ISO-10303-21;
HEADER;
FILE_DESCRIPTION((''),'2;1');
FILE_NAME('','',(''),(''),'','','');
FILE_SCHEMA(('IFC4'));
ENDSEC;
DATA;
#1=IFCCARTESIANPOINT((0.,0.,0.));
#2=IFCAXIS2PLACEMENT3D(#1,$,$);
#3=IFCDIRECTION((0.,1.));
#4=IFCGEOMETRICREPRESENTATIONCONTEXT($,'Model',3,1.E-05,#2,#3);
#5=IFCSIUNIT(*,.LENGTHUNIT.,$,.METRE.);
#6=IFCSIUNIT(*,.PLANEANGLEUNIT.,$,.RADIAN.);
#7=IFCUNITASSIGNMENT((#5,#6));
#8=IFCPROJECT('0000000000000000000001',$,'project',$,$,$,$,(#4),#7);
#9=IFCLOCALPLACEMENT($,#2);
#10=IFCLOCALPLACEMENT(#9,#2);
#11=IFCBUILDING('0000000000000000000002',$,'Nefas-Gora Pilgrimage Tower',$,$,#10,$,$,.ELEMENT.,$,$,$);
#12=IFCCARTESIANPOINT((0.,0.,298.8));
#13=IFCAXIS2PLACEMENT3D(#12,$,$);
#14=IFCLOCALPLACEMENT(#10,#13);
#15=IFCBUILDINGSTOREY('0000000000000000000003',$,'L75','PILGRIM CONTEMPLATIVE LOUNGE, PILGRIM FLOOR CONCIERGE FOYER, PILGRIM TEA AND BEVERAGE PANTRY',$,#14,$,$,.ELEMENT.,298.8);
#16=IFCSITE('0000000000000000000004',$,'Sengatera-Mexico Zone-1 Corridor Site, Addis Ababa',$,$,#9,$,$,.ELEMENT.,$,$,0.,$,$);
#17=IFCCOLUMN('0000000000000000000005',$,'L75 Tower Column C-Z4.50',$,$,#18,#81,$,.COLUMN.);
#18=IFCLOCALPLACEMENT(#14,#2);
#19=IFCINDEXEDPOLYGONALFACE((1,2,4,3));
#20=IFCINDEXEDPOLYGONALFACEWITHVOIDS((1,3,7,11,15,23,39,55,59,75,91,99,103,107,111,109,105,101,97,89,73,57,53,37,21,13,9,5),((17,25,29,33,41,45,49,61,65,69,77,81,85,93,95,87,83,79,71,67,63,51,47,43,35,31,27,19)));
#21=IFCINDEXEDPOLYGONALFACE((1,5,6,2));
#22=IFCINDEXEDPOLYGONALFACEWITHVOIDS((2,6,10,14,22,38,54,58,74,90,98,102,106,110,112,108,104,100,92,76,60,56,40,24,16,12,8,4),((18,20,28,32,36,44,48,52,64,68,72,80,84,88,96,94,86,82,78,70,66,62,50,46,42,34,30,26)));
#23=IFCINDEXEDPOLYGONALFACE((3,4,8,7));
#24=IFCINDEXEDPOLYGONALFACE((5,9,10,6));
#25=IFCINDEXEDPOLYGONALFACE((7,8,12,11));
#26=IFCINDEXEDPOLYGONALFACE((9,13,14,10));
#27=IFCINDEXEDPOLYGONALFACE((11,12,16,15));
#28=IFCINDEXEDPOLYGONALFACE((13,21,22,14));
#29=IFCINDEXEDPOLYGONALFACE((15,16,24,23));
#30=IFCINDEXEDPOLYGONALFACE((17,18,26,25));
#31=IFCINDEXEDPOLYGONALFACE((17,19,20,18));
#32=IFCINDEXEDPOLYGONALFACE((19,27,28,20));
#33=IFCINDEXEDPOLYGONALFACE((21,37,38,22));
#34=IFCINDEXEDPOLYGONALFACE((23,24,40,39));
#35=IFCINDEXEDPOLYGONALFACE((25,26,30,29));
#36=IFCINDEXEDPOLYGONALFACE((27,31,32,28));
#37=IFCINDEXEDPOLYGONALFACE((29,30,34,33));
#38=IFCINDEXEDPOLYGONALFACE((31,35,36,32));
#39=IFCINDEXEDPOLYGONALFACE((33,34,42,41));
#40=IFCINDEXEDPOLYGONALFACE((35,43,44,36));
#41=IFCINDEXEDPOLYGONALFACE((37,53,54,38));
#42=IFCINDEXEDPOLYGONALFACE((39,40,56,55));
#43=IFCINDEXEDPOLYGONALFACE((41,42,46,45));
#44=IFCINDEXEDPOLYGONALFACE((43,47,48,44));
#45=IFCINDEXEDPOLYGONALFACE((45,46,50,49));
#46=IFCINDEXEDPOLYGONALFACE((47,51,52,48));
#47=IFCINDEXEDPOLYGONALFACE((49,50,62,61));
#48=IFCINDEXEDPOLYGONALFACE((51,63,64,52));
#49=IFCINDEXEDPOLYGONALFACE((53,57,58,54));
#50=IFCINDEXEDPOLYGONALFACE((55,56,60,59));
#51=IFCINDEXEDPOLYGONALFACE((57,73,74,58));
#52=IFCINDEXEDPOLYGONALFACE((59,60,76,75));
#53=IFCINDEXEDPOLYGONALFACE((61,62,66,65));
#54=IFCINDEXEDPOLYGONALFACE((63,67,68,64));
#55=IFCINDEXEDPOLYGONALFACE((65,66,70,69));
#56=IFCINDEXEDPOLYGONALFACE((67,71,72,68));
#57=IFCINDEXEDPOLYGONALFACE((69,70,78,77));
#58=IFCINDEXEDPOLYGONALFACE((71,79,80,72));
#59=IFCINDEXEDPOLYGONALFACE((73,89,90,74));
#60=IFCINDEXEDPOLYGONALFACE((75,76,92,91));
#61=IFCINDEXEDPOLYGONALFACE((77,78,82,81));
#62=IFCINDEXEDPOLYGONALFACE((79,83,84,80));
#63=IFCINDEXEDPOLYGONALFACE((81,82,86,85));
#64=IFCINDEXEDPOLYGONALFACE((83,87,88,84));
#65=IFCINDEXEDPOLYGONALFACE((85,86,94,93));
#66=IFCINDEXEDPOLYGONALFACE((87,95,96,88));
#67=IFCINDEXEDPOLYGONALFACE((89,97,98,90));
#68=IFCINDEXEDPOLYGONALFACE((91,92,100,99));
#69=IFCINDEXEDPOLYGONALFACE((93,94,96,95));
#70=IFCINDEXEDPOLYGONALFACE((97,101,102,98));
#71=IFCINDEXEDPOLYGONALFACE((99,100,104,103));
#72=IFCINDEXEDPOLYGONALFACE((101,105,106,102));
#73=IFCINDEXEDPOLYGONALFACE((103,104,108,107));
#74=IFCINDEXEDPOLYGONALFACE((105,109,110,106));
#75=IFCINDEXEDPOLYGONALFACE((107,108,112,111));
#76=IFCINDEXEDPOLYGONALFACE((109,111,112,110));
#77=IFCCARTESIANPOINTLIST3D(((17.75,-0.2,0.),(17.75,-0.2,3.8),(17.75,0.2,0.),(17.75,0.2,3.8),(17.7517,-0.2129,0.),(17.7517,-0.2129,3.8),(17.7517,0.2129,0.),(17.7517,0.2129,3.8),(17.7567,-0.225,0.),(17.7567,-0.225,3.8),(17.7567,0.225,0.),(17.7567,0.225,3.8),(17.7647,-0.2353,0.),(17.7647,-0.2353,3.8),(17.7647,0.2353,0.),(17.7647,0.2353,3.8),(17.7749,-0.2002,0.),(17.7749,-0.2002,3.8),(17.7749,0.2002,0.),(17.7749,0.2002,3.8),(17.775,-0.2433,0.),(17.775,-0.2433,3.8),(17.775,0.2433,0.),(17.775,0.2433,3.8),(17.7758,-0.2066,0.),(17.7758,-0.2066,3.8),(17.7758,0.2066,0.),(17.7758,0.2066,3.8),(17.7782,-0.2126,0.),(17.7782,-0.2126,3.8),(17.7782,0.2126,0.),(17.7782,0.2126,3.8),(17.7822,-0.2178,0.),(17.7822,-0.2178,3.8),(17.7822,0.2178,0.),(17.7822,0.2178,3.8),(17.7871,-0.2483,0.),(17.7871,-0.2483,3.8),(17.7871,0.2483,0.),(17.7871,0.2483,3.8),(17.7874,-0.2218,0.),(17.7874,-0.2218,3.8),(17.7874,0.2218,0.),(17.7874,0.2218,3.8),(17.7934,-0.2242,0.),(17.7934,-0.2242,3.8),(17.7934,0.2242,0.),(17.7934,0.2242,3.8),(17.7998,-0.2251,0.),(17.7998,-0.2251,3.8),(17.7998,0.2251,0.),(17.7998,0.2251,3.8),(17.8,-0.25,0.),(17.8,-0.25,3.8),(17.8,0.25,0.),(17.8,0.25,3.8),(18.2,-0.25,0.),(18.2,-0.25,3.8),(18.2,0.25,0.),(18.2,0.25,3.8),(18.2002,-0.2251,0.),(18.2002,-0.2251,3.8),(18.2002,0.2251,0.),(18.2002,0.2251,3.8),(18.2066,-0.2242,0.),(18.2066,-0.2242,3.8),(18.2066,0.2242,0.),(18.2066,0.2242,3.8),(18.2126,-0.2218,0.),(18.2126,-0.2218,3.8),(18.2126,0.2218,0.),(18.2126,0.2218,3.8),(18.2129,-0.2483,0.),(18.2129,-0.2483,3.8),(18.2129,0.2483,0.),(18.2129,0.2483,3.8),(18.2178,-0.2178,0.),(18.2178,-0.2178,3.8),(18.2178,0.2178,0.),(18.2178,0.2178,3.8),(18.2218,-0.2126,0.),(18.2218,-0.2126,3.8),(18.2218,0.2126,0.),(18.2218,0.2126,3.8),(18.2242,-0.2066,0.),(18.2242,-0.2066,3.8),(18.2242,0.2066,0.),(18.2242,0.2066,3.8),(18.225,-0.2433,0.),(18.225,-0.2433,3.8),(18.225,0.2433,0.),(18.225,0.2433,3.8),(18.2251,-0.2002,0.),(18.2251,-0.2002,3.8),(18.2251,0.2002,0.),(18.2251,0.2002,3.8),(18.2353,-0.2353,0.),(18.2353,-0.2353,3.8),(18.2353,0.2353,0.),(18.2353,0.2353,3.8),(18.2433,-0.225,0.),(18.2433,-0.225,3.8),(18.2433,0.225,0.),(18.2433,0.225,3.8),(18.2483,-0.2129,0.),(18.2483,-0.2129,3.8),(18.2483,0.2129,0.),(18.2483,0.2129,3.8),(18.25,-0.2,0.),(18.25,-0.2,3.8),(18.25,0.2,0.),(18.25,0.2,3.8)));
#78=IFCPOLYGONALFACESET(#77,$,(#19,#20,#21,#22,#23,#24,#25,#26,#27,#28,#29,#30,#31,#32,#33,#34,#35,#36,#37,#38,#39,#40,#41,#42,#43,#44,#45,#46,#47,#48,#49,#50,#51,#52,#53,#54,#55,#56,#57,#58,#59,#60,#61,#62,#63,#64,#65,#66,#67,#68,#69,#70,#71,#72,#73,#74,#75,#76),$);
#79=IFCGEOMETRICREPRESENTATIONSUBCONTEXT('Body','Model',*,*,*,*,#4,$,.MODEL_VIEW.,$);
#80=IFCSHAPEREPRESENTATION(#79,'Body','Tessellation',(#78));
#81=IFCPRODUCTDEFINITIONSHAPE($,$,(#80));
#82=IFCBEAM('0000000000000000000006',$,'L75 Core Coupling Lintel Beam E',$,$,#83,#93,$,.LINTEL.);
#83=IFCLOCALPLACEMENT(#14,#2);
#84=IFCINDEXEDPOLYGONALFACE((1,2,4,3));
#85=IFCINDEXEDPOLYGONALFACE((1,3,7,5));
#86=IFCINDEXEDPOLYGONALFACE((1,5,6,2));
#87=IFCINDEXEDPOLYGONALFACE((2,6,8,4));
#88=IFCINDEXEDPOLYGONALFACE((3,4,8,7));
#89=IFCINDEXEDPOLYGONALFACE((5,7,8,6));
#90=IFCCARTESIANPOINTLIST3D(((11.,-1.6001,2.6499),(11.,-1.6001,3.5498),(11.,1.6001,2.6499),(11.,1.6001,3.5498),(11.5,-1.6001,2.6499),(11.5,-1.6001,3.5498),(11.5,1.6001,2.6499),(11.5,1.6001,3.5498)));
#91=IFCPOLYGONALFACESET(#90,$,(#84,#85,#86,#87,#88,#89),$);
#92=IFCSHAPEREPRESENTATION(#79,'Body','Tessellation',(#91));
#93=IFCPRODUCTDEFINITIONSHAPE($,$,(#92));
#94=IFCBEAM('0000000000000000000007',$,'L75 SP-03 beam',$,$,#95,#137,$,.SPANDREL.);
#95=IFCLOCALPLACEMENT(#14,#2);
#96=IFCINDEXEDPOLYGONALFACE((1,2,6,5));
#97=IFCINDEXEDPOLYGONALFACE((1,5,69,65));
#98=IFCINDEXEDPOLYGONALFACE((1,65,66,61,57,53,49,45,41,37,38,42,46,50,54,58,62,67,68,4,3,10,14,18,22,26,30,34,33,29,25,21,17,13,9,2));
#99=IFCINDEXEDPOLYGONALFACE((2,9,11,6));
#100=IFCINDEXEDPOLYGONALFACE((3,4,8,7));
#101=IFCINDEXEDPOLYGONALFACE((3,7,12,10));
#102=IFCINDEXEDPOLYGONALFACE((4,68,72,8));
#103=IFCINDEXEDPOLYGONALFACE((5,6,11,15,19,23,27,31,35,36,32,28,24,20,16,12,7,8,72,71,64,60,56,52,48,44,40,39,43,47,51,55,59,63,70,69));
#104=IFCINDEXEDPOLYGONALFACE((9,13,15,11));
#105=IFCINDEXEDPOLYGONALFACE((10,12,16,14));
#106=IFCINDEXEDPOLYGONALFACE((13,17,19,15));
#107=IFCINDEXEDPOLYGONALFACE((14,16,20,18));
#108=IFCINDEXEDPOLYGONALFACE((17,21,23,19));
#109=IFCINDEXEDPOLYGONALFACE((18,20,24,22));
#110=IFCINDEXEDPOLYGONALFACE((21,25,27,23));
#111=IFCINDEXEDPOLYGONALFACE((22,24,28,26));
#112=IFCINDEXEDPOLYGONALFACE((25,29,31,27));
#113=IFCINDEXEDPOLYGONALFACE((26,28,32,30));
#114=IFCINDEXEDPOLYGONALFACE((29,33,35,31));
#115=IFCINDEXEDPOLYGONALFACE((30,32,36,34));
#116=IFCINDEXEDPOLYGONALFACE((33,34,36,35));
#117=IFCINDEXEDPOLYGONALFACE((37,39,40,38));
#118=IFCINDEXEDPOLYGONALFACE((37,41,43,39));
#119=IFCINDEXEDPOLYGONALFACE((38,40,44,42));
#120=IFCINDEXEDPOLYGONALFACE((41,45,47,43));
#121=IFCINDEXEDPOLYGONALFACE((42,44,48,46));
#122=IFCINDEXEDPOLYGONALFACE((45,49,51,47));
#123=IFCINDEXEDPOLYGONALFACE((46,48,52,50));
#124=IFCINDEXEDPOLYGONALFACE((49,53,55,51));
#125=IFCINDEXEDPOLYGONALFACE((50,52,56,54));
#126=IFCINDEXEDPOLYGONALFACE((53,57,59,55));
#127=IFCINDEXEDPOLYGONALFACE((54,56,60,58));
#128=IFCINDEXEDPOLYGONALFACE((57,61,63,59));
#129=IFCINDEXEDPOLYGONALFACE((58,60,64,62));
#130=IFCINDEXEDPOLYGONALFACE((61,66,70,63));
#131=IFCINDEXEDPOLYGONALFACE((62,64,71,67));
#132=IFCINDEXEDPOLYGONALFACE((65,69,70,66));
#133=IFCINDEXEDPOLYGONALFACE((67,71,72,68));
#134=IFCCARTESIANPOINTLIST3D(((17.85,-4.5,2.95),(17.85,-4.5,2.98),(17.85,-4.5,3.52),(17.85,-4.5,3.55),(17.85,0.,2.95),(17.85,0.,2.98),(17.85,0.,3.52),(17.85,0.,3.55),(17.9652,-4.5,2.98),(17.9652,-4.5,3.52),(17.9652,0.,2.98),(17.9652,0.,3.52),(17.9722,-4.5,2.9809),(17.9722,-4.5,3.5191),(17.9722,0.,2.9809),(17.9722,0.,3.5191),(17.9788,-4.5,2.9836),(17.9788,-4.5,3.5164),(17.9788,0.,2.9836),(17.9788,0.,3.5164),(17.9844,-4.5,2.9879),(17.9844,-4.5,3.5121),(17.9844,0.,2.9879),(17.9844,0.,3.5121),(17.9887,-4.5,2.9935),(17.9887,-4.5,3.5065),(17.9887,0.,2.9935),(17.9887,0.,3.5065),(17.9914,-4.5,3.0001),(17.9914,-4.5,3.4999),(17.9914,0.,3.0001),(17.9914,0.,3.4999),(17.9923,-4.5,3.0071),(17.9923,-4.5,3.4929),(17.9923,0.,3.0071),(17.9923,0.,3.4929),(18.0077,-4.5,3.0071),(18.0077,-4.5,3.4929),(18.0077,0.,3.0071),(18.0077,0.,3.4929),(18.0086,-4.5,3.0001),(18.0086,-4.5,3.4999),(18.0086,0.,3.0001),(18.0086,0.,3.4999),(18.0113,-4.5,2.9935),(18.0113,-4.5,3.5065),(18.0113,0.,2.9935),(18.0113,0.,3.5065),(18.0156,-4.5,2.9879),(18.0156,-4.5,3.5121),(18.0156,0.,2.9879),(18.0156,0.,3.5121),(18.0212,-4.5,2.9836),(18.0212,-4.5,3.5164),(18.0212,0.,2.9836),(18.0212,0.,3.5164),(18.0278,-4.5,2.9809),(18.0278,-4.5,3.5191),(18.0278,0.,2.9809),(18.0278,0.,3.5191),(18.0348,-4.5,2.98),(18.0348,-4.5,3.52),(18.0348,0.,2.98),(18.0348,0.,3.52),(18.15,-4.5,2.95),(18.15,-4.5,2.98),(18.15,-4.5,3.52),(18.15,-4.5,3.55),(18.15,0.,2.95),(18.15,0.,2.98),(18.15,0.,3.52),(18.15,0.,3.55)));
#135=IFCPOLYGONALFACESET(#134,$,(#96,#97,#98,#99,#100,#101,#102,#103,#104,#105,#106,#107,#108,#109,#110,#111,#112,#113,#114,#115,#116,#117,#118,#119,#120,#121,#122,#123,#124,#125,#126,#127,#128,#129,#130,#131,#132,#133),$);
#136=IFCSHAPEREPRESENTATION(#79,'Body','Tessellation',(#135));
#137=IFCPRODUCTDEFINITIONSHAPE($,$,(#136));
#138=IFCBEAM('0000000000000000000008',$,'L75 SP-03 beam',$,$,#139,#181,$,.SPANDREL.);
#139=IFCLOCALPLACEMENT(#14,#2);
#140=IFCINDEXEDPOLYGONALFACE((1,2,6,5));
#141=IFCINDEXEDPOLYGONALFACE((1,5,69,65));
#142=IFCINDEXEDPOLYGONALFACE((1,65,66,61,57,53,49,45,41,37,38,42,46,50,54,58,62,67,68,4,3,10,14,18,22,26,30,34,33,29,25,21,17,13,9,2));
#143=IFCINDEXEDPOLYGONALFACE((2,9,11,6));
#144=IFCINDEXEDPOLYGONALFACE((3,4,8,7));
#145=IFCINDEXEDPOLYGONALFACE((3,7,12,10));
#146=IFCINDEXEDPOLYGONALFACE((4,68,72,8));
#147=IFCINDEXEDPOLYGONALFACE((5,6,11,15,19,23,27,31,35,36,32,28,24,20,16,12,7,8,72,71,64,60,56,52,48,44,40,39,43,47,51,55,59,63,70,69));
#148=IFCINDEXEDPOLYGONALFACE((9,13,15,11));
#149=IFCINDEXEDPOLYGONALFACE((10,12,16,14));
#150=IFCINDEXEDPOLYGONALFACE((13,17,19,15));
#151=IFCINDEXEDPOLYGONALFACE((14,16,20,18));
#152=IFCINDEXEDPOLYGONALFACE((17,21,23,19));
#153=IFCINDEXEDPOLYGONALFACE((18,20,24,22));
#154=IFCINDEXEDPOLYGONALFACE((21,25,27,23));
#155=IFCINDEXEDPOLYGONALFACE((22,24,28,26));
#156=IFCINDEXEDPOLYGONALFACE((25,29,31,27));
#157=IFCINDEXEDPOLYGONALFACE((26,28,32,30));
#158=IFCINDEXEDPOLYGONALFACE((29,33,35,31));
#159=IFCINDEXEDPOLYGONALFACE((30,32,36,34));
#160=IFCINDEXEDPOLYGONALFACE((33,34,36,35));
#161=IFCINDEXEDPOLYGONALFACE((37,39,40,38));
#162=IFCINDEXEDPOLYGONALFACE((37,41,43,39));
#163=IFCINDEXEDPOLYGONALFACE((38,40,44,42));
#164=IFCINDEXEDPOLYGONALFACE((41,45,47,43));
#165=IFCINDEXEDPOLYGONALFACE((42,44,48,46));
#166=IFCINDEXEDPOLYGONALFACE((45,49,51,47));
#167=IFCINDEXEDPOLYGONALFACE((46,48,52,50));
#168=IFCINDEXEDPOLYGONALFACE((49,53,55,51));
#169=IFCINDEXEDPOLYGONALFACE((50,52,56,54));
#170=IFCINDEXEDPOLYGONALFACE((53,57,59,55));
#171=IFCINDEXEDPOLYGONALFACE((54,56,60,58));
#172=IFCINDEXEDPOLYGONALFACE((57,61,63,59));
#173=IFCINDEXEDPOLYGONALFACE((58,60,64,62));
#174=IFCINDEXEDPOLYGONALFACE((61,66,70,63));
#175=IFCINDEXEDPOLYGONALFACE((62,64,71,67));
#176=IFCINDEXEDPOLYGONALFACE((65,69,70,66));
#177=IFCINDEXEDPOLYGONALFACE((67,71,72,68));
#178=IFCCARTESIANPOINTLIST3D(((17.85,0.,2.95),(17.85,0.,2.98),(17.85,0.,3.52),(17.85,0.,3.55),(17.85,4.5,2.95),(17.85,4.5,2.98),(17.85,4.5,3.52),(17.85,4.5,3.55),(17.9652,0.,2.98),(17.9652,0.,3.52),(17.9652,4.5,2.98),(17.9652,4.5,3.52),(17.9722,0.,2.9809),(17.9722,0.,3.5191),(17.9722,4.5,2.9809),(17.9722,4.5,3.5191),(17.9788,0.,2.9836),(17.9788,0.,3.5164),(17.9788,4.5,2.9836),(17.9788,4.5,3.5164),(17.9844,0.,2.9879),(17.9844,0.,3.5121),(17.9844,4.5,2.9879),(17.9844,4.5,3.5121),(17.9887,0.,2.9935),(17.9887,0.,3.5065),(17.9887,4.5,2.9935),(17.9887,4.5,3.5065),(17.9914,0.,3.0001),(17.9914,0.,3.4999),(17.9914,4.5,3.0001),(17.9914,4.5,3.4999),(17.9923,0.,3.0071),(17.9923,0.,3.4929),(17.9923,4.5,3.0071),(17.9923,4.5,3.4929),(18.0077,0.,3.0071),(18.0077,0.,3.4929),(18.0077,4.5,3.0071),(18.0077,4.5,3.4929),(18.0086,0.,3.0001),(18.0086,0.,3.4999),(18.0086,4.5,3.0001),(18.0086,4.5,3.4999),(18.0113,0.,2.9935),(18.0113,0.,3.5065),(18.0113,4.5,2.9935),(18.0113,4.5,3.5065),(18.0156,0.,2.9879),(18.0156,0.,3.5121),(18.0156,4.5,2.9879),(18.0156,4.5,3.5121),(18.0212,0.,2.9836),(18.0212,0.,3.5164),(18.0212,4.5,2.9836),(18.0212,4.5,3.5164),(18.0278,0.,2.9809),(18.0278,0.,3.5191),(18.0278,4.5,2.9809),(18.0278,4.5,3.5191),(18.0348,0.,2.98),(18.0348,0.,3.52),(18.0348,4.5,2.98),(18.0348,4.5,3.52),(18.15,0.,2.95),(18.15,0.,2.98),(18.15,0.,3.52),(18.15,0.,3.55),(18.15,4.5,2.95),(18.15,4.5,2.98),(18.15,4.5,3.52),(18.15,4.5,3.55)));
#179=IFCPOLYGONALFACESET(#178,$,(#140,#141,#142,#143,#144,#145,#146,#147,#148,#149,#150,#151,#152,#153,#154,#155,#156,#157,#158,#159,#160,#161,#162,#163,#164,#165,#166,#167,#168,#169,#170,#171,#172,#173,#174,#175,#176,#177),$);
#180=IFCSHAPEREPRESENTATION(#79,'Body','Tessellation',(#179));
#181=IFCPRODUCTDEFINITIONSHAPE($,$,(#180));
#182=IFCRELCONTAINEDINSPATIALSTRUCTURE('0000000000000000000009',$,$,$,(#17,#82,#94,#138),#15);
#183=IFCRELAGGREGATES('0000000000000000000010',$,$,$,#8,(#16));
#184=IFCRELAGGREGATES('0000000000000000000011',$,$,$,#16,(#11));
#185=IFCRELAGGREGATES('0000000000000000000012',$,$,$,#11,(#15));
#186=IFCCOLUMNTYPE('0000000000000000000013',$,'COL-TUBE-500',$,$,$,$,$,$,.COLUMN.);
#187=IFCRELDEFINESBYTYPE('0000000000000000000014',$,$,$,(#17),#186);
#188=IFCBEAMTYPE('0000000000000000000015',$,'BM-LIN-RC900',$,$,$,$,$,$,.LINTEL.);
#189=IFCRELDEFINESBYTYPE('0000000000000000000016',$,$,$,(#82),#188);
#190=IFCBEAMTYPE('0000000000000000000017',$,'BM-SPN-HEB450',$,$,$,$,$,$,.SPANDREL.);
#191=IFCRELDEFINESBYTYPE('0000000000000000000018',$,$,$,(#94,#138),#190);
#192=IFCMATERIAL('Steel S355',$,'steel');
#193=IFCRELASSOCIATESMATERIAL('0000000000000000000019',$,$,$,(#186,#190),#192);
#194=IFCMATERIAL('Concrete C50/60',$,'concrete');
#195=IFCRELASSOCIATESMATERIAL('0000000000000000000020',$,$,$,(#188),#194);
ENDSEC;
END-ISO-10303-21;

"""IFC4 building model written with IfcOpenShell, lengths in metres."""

from ifc_helpers import new_model, si_unit, direction, frame, origin, origin_2d, place, context, subcontext, project, spatial, rectangle, hollow_rectangle, i_section, extrude, source, transform, mapped, material, material_profile, profile_set, type_object, element, save


model = new_model("IFC4")

# Units and contexts
model_context = context("Model", 3, precision=1e-05, world=origin(), true_north=direction((0.0, 1.0)))
body_context = subcontext(model_context, "Body", "Model", "MODEL_VIEW")
ifc_project = project(units=[si_unit("LENGTHUNIT", "METRE"), si_unit("PLANEANGLEUNIT", "RADIAN")], contexts=[model_context])

# Site, building, storey
site_placement = place(None, origin())
site = spatial("IfcSite", under=ifc_project, at=site_placement, Name="Sengatera-Mexico Zone-1 Corridor Site, Addis Ababa", CompositionType="ELEMENT", RefElevation=0.0)
building_placement = place(site_placement, origin())
building = spatial("IfcBuilding", under=site, at=building_placement, Name="Nefas-Gora Pilgrimage Tower", CompositionType="ELEMENT")
storey_placement = place(building_placement, frame((0.0, 0.0, 298.8)))
storey = spatial("IfcBuildingStorey", under=building, at=storey_placement, Name="L75", Description="PILGRIM CONTEMPLATIVE LOUNGE, PILGRIM FLOOR CONCIERGE FOYER, PILGRIM TEA AND BEVERAGE PANTRY", CompositionType="ELEMENT", Elevation=298.8)

# Column
ifc_material_1 = material(Name="Steel S355", Category="steel")
ifc_material_profile_1 = material_profile(ifc_material_1, hollow_rectangle(XDim=0.5, YDim=0.5, WallThickness=0.0249, InnerFilletRadius=0.0249, OuterFilletRadius=0.05, at=origin_2d()), Name="SHS 500x500x25")
ifc_profile_set_1 = profile_set([ifc_material_profile_1], Name="Steel S355")
column_type_1 = type_object("IfcColumnType", Name="COL-TUBE-500", PredefinedType="COLUMN", material=ifc_profile_set_1)
shared_shape_1 = source(origin(), body_context, "Body", "SweptSolid", [
    extrude(hollow_rectangle(XDim=0.5, YDim=0.5, WallThickness=0.0249, InnerFilletRadius=0.0249, OuterFilletRadius=0.05, at=origin_2d()), origin(), (0.0, 0.0, 1.0), 3.8),
])
for number, where, z_axis, x_axis, name in (
    (1, (18.0, 0.0, 0.0), (0.0, 0.0, 1.0), (1.0, 0.0, 0.0), "L75 Tower Column C-Z4.50"),
):
    element("IfcColumn", number, at=place(storey_placement, frame(where, z_axis=z_axis, x_axis=x_axis)), inside=storey, type_object=column_type_1, Name=name, PredefinedType="COLUMN", context=body_context, shape_type="MappedRepresentation", body=[
        mapped(shared_shape_1, transform((0.0, 0.0, 0.0), x_axis=(1.0, 0.0, 0.0), y_axis=(0.0, 1.0, 0.0), z_axis=(0.0, 0.0, 1.0), scale=1.0)),
    ])

# Beams
ifc_material_2 = material(Name="Concrete C50/60", Category="concrete")
ifc_material_profile_2 = material_profile(ifc_material_2, rectangle(XDim=0.5, YDim=0.8999, at=origin_2d()), Name="RC 500x900")
ifc_profile_set_2 = profile_set([ifc_material_profile_2], Name="Concrete C50/60")
beam_type_1 = type_object("IfcBeamType", Name="BM-LIN-RC900", PredefinedType="LINTEL", material=ifc_profile_set_2)
shared_shape_2 = source(origin(), body_context, "Body", "SweptSolid", [
    extrude(rectangle(XDim=0.5, YDim=0.8999, at=origin_2d()), origin(), (0.0, 0.0, 1.0), 3.2002),
])
beam_placement = place(storey_placement, frame((11.25, -1.6001, 3.0999), z_axis=(0.0, 1.0, 0.0), x_axis=(-1.0, 0.0, 0.0)))
element("IfcBeam", 2, at=beam_placement, inside=storey, type_object=beam_type_1, Name="L75 Core Coupling Lintel Beam E", PredefinedType="LINTEL", context=body_context, shape_type="MappedRepresentation", body=[
    mapped(shared_shape_2, transform((0.0, 0.0, 0.0), x_axis=(1.0, 0.0, 0.0), y_axis=(0.0, 1.0, 0.0), z_axis=(0.0, 0.0, 1.0), scale=1.0)),
])
ifc_material_profile_3 = material_profile(ifc_material_1, i_section(OverallWidth=0.3, OverallDepth=0.6001, WebThickness=0.0154, FlangeThickness=0.03, FilletRadius=0.0271, at=origin_2d()), Name="HEB 600")
ifc_profile_set_3 = profile_set([ifc_material_profile_3], Name="Steel S355")
beam_type_2 = type_object("IfcBeamType", Name="BM-SPN-HEB450", PredefinedType="SPANDREL", material=ifc_profile_set_3)
shared_shape_3 = source(origin(), body_context, "Body", "SweptSolid", [
    extrude(i_section(OverallWidth=0.3, OverallDepth=0.6001, WebThickness=0.0154, FlangeThickness=0.03, FilletRadius=0.0271, at=origin_2d()), origin(), (0.0, 0.0, 1.0), 4.5),
])
for number, where, z_axis, x_axis, name in (
    (3, (18.0, -4.5, 3.25), (0.0, 1.0, 0.0), (-1.0, 0.0, 0.0), "L75 SP-03 beam"),
    (4, (18.0, 0.0, 3.25), (0.0, 1.0, 0.0), (-1.0, 0.0, 0.0), "L75 SP-03 beam"),
):
    element("IfcBeam", number, at=place(storey_placement, frame(where, z_axis=z_axis, x_axis=x_axis)), inside=storey, type_object=beam_type_2, Name=name, PredefinedType="SPANDREL", context=body_context, shape_type="MappedRepresentation", body=[
        mapped(shared_shape_3, transform((0.0, 0.0, 0.0), x_axis=(1.0, 0.0, 0.0), y_axis=(0.0, 1.0, 0.0), z_axis=(0.0, 0.0, 1.0), scale=1.0)),
    ])

save(model, "model.ifc")
